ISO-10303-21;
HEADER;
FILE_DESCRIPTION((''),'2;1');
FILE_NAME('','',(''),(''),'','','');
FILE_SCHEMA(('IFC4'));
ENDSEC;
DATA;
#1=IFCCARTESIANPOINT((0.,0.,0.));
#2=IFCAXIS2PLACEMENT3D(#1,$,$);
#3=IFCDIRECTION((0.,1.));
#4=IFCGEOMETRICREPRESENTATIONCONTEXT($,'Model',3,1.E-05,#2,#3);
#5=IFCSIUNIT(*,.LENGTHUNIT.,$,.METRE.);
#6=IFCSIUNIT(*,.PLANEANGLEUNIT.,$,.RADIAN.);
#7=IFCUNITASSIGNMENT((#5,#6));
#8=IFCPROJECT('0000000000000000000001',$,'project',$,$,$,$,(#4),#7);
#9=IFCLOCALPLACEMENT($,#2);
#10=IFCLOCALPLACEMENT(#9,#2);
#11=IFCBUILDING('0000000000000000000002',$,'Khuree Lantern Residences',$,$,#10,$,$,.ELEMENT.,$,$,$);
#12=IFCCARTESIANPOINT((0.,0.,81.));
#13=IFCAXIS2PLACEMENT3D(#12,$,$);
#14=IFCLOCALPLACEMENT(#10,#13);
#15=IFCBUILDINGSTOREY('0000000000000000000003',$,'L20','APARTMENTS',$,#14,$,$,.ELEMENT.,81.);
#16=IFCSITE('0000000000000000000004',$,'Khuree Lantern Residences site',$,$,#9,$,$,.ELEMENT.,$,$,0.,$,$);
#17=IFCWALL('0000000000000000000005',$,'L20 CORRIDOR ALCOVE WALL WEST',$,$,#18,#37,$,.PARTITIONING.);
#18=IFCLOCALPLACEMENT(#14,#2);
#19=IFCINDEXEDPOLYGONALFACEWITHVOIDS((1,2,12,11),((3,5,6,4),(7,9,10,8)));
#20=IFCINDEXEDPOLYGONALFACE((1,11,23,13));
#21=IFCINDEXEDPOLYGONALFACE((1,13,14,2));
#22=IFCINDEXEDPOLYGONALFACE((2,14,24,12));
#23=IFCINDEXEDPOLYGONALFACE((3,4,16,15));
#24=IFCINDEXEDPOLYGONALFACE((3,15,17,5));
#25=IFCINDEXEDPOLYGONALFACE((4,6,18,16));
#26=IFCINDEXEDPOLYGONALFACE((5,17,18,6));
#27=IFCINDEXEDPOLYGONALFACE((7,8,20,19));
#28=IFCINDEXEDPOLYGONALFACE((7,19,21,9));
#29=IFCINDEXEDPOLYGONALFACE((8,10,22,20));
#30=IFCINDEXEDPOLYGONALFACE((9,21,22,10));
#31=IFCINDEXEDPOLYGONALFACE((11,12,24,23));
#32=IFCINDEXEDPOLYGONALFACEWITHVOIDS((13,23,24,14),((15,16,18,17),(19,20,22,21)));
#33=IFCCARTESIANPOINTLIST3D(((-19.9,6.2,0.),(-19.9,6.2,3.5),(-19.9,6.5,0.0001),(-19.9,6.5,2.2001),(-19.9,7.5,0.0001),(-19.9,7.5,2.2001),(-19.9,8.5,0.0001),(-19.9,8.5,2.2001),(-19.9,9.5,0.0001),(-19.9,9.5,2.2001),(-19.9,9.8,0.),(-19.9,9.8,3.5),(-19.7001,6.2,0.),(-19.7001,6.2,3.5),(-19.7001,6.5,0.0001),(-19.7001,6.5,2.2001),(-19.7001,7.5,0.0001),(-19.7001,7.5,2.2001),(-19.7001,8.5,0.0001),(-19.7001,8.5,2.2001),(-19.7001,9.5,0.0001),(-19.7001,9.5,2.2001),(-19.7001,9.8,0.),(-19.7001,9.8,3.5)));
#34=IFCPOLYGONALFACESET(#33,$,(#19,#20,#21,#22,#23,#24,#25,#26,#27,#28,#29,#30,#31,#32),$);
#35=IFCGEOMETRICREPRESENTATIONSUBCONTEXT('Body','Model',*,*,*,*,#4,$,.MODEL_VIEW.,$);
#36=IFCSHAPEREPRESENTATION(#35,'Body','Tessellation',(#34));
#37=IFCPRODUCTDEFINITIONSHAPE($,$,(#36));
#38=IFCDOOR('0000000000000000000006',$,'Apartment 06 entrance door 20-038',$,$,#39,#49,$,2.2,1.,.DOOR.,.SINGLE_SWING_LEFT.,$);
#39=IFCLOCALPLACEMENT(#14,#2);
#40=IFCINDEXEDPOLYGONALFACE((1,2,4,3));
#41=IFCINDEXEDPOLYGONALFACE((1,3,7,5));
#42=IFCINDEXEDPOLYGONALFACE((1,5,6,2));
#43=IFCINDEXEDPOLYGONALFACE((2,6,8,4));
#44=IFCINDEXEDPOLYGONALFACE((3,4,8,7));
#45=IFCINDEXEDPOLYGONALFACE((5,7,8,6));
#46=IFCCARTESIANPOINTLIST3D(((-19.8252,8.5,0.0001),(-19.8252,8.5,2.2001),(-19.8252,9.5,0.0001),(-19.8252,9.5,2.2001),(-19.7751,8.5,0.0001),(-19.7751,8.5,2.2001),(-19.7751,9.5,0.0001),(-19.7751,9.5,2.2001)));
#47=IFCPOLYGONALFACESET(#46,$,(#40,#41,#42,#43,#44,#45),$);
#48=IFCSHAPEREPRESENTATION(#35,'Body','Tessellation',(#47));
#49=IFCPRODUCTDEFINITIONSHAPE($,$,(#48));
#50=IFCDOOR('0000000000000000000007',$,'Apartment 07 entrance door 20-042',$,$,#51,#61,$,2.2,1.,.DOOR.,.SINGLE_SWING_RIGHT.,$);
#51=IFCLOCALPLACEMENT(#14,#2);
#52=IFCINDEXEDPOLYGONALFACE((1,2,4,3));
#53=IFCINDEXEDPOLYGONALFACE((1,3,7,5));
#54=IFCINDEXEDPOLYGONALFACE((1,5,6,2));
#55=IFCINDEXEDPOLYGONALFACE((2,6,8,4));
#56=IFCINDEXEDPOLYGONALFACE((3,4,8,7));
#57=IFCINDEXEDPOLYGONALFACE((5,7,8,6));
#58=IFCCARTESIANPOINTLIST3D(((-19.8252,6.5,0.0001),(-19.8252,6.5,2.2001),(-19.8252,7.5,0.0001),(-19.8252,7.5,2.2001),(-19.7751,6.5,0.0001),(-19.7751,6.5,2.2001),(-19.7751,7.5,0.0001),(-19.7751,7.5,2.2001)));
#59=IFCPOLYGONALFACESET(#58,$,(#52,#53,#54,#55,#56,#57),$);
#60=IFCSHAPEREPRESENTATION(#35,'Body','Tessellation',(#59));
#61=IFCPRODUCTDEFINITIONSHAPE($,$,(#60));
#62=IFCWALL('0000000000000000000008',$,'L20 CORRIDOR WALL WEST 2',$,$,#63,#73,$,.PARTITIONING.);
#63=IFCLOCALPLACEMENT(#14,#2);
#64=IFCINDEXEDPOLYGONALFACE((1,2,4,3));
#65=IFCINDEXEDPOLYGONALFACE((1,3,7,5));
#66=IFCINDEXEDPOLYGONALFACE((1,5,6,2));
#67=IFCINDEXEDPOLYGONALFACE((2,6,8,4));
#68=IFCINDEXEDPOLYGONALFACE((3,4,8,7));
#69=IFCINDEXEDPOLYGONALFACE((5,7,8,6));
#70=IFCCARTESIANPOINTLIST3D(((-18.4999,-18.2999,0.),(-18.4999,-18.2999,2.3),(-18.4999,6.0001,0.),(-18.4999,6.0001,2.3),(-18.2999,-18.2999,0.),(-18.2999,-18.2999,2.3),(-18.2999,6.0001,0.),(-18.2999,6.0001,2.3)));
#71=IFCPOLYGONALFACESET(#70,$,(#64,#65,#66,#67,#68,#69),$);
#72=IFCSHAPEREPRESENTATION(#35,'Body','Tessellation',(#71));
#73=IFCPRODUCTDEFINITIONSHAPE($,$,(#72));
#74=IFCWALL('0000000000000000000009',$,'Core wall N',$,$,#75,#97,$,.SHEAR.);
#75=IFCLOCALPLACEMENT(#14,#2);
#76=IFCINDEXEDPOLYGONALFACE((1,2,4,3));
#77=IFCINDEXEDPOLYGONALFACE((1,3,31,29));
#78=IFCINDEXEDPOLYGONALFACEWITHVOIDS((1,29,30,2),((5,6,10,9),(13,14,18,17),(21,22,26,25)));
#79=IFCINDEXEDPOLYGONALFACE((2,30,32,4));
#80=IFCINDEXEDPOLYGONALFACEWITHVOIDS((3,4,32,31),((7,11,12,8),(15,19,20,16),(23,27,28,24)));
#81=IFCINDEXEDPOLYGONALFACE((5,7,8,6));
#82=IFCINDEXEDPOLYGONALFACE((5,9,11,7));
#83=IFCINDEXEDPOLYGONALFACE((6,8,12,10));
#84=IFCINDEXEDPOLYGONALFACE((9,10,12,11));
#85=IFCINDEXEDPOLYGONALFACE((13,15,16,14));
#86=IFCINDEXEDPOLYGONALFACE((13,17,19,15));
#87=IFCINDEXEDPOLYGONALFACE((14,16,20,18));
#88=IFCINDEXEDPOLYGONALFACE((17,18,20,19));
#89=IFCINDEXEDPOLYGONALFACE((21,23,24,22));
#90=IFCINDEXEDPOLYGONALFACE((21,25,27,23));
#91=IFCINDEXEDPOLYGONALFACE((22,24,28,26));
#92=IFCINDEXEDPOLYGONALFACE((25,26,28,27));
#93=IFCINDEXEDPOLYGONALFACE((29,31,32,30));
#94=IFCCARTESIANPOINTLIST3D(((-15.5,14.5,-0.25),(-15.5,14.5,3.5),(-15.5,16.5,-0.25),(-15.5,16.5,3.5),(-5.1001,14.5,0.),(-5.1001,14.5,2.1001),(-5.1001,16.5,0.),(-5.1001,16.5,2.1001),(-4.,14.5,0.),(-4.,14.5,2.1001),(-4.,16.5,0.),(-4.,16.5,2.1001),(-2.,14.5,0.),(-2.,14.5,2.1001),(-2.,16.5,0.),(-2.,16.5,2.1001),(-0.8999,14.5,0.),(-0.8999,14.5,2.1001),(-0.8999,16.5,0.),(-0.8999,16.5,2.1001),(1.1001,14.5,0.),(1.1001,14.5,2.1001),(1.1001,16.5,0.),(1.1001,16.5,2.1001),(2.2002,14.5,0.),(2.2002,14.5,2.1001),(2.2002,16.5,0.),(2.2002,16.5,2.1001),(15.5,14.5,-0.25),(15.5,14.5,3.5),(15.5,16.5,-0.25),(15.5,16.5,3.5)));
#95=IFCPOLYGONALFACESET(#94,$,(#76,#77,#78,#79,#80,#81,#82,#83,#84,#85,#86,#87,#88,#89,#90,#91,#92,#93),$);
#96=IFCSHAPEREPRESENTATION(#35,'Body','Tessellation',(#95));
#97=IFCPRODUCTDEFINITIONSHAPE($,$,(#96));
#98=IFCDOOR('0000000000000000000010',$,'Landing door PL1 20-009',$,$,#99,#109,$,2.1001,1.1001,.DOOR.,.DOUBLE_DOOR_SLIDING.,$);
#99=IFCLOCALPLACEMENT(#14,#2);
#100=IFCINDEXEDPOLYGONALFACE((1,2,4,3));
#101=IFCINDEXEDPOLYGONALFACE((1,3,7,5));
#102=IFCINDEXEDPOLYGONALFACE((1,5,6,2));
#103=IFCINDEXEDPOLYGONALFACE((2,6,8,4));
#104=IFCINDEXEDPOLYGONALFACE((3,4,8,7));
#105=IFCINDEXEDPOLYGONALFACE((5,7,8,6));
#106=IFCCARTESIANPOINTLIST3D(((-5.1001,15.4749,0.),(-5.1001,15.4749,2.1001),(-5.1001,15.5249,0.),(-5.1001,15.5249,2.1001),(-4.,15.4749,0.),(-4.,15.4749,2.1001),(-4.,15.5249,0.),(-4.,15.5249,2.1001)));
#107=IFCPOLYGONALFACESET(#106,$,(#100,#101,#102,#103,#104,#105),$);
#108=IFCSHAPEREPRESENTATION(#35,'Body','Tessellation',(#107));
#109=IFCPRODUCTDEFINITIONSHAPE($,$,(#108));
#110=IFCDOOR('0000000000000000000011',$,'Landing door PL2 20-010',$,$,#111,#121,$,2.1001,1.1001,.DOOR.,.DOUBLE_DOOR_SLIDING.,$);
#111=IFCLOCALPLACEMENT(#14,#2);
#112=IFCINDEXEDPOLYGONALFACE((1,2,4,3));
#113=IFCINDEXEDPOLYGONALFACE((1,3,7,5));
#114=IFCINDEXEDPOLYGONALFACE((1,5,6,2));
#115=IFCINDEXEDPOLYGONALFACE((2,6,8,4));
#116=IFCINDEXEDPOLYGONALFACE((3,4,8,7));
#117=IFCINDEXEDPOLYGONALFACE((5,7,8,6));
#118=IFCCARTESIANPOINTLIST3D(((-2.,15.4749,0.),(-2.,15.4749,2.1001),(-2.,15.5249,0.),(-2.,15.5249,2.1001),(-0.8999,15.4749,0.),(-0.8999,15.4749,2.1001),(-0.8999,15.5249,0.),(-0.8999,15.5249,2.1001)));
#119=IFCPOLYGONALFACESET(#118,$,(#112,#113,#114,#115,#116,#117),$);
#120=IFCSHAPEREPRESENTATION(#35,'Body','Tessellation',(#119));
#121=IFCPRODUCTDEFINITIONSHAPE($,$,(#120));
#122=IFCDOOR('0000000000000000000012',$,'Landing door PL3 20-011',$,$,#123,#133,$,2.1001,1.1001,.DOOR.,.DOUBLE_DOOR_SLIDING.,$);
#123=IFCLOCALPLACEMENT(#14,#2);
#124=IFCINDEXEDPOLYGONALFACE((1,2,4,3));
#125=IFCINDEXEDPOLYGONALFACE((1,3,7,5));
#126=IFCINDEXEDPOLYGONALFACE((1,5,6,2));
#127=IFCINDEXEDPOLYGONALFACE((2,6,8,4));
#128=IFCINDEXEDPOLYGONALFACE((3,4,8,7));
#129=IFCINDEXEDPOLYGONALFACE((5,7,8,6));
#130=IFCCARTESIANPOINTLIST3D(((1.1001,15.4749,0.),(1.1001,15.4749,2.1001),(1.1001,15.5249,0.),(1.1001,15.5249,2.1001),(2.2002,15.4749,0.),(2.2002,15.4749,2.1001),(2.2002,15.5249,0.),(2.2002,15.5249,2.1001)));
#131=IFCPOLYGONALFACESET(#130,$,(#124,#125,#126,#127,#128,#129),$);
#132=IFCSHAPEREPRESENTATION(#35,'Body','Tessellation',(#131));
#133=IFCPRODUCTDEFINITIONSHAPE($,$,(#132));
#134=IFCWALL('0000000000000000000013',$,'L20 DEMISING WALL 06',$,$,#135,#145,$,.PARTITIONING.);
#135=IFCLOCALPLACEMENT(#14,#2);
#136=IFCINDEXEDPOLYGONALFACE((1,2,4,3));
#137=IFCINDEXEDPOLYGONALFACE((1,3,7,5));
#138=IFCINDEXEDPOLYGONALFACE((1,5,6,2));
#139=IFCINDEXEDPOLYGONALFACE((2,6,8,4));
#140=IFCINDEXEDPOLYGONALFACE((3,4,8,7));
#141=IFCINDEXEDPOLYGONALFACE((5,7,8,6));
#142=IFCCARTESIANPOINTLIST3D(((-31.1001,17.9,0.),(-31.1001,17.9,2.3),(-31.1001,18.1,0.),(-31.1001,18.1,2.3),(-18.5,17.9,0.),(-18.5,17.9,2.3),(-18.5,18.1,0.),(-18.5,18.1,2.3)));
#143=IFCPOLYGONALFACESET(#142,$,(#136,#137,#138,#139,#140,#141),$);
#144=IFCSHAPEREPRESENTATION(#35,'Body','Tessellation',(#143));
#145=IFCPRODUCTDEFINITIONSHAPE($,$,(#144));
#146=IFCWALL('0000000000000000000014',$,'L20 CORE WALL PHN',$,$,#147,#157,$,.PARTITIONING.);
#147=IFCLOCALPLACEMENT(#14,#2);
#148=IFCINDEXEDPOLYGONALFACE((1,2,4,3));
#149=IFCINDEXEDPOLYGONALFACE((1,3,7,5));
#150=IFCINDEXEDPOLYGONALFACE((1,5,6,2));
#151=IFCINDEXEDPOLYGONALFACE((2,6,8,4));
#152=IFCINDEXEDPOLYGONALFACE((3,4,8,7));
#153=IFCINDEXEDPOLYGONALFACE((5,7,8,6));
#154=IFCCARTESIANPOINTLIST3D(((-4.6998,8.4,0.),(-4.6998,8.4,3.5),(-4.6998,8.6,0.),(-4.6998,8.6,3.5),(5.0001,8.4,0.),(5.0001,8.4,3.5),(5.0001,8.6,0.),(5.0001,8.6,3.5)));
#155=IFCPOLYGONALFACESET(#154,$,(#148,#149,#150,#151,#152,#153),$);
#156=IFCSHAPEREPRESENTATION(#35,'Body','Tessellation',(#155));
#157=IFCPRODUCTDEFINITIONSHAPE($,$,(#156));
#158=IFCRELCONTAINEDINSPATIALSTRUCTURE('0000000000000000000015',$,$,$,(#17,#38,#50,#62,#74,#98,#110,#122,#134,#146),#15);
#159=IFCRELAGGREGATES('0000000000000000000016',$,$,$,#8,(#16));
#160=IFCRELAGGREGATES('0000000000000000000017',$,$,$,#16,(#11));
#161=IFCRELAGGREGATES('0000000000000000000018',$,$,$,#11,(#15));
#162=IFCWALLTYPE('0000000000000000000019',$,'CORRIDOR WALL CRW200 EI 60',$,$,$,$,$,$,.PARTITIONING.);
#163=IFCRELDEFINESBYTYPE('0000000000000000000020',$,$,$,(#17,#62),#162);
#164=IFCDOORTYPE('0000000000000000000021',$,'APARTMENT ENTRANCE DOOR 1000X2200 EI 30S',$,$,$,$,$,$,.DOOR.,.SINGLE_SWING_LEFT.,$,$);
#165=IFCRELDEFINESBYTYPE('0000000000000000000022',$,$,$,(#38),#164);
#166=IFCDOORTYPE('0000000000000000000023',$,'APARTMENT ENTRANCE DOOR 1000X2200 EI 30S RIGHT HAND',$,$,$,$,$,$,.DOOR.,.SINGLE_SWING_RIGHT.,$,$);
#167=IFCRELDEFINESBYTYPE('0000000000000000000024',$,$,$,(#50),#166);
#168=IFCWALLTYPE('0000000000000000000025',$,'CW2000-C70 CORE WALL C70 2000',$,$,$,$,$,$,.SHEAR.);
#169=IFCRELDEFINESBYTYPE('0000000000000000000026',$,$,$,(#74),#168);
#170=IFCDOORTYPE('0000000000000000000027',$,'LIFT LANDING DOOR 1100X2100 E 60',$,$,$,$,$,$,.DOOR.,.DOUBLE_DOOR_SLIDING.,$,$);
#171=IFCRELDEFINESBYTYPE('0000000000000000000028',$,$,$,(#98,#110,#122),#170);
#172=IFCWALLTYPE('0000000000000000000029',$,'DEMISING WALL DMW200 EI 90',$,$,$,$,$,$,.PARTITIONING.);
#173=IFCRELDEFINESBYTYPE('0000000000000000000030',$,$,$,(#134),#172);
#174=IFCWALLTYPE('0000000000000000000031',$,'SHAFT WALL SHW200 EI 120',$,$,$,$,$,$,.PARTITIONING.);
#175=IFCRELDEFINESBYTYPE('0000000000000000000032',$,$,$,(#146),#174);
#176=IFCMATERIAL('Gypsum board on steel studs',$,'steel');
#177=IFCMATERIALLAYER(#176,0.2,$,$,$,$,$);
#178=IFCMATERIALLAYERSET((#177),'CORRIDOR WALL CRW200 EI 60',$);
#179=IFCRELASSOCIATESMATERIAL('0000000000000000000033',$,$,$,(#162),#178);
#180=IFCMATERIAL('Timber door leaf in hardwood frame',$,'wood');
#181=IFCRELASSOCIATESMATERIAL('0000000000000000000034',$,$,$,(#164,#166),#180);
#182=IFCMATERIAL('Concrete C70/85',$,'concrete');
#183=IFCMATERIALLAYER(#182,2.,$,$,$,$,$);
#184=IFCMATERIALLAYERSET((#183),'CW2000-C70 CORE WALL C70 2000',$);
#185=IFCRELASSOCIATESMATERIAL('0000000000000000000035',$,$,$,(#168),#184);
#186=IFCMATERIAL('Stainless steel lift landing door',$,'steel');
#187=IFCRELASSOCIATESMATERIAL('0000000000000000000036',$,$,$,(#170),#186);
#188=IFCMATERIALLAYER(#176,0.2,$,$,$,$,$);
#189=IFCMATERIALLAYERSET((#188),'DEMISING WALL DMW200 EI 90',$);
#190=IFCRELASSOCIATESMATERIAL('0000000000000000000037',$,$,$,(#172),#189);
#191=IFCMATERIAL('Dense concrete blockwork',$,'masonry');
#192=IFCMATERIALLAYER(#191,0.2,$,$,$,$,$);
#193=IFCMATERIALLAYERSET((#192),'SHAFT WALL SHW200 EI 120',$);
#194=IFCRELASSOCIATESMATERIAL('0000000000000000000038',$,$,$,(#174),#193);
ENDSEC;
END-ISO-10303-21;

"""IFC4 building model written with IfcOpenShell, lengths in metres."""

from ifc_helpers import new_model, si_unit, direction, frame, frame_2d, origin, place, context, subcontext, project, spatial, rectangle, extrude, material, layer, layer_set, type_object, element, fill, save


model = new_model("IFC4")

# Units and contexts
model_context = context("Model", 3, precision=1e-05, world=origin(), true_north=direction((0.0, 1.0)))
body_context = subcontext(model_context, "Body", "Model", "MODEL_VIEW")
ifc_project = project(units=[si_unit("LENGTHUNIT", "METRE"), si_unit("PLANEANGLEUNIT", "RADIAN")], contexts=[model_context])

# Site, building, storey
site_placement = place(None, origin())
site = spatial("IfcSite", under=ifc_project, at=site_placement, Name="Khuree Lantern Residences site", CompositionType="ELEMENT", RefElevation=0.0)
building_placement = place(site_placement, origin())
building = spatial("IfcBuilding", under=site, at=building_placement, Name="Khuree Lantern Residences", CompositionType="ELEMENT")
storey_placement = place(building_placement, frame((0.0, 0.0, 81.0)))
storey = spatial("IfcBuildingStorey", under=building, at=storey_placement, Name="L20", Description="APARTMENTS", CompositionType="ELEMENT", Elevation=81.0)

# Shared definitions
ifc_material_1 = material(Name="Concrete C70/85", Category="concrete")

# Shared definitions
ifc_material_2 = material(Name="Dense concrete blockwork", Category="masonry")

# Shared definitions
ifc_material_3 = material(Name="Timber door leaf in hardwood frame", Category="wood")

# Shared definitions
ifc_material_4 = material(Name="Gypsum board on steel studs", Category="steel")
ifc_layer_1 = layer(ifc_material_4, 0.2)
ifc_layer_set_1 = layer_set([ifc_layer_1], Name="CORRIDOR WALL CRW200 EI 60")
wall_type_1 = type_object("IfcWallType", Name="CORRIDOR WALL CRW200 EI 60", PredefinedType="PARTITIONING", material=ifc_layer_set_1)

# Wall, openings, doors
wall_1_placement = place(storey_placement, frame((-19.8, 9.8, 0.0), z_axis=(0.0, 0.0, 1.0), x_axis=(0.0, -1.0, 0.0)))
wall_1 = element("IfcWall", 1, at=wall_1_placement, inside=storey, type_object=wall_type_1, Name="L20 CORRIDOR ALCOVE WALL WEST", PredefinedType="PARTITIONING", context=body_context, shape_type="SweptSolid", body=[
    extrude(rectangle(XDim=3.6001, YDim=0.2, at=frame_2d((1.8, 0.0))), origin(), (0.0, 0.0, 1.0), 3.5),
])
opening_1_placement = place(wall_1_placement, frame((0.3, 0.0, 0.0)))
opening_1 = element("IfcOpeningElement", 2, at=opening_1_placement, cuts=wall_1, PredefinedType="OPENING", context=body_context, shape_type="SweptSolid", body=[
    extrude(rectangle(XDim=1.0, YDim=2.2, at=frame_2d((0.5, 1.1001))), frame((0.0, 0.1099, 0.0), z_axis=(0.0, -1.0, 0.0), x_axis=(1.0, 0.0, 0.0)), (0.0, 0.0, 1.0), 0.22),
])
opening_2_placement = place(wall_1_placement, frame((2.3, 0.0, 0.0)))
opening_2 = element("IfcOpeningElement", 3, at=opening_2_placement, cuts=wall_1, PredefinedType="OPENING", context=body_context, shape_type="SweptSolid", body=[
    extrude(rectangle(XDim=1.0, YDim=2.2, at=frame_2d((0.5, 1.1001))), frame((0.0, 0.1099, 0.0), z_axis=(0.0, -1.0, 0.0), x_axis=(1.0, 0.0, 0.0)), (0.0, 0.0, 1.0), 0.22),
])
door_type_1 = type_object("IfcDoorType", Name="APARTMENT ENTRANCE DOOR 1000X2200 EI 30S", OperationType="SINGLE_SWING_LEFT", PredefinedType="DOOR", material=ifc_material_3)
door_1_placement = place(opening_1_placement, origin())
door_1 = element("IfcDoor", 4, at=door_1_placement, inside=storey, type_object=door_type_1, Name="Apartment 06 entrance door 20-038", OperationType="SINGLE_SWING_LEFT", OverallHeight=2.2, OverallWidth=1.0, PredefinedType="DOOR", context=body_context, shape_type="SweptSolid", body=[
    extrude(rectangle(XDim=1.0, YDim=2.2, at=frame_2d((0.5, 1.1001))), frame((0.0, 0.0249, 0.0), z_axis=(0.0, -1.0, 0.0), x_axis=(1.0, 0.0, 0.0)), (0.0, 0.0, 1.0), 0.05),
])
fill(opening_1, door_1)
door_type_2 = type_object("IfcDoorType", Name="APARTMENT ENTRANCE DOOR 1000X2200 EI 30S RIGHT HAND", OperationType="SINGLE_SWING_RIGHT", PredefinedType="DOOR", material=ifc_material_3)
door_2_placement = place(opening_2_placement, origin())
door_2 = element("IfcDoor", 5, at=door_2_placement, inside=storey, type_object=door_type_2, Name="Apartment 07 entrance door 20-042", OperationType="SINGLE_SWING_RIGHT", OverallHeight=2.2, OverallWidth=1.0, PredefinedType="DOOR", context=body_context, shape_type="SweptSolid", body=[
    extrude(rectangle(XDim=1.0, YDim=2.2, at=frame_2d((0.5, 1.1001))), frame((0.0, 0.0249, 0.0), z_axis=(0.0, -1.0, 0.0), x_axis=(1.0, 0.0, 0.0)), (0.0, 0.0, 1.0), 0.05),
])
fill(opening_2, door_2)

# Wall
wall_2_placement = place(storey_placement, frame((-18.3999, 6.0, 0.0), z_axis=(0.0, 0.0, 1.0), x_axis=(0.0, -1.0, 0.0)))
element("IfcWall", 6, at=wall_2_placement, inside=storey, type_object=wall_type_1, Name="L20 CORRIDOR WALL WEST 2", PredefinedType="PARTITIONING", context=body_context, shape_type="SweptSolid", body=[
    extrude(rectangle(XDim=24.3, YDim=0.2, at=frame_2d((12.1499, 0.0))), origin(), (0.0, 0.0, 1.0), 2.3),
])

# Wall, openings, doors
ifc_layer_2 = layer(ifc_material_1, 2.0)
ifc_layer_set_2 = layer_set([ifc_layer_2], Name="CW2000-C70 CORE WALL C70 2000")
wall_type_2 = type_object("IfcWallType", Name="CW2000-C70 CORE WALL C70 2000", PredefinedType="SHEAR", material=ifc_layer_set_2)
wall_3_placement = place(storey_placement, frame((-15.5, 15.5, -0.25), z_axis=(0.0, 0.0, 1.0), x_axis=(1.0, 0.0, 0.0)))
wall_3 = element("IfcWall", 7, at=wall_3_placement, inside=storey, type_object=wall_type_2, Name="Core wall N", PredefinedType="SHEAR", context=body_context, shape_type="SweptSolid", body=[
    extrude(rectangle(XDim=31.0, YDim=2.0, at=frame_2d((15.5, 0.0))), origin(), (0.0, 0.0, 1.0), 3.75),
])
opening_3_placement = place(wall_3_placement, frame((10.3999, 0.0, 0.25)))
opening_3 = element("IfcOpeningElement", 8, at=opening_3_placement, cuts=wall_3, PredefinedType="OPENING", context=body_context, shape_type="SweptSolid", body=[
    extrude(rectangle(XDim=1.1001, YDim=2.1001, at=frame_2d((0.55, 1.05))), frame((0.0, 1.01, 0.0), z_axis=(0.0, -1.0, 0.0), x_axis=(1.0, 0.0, 0.0)), (0.0, 0.0, 1.0), 2.02),
])
opening_4_placement = place(wall_3_placement, frame((13.5, 0.0, 0.25)))
opening_4 = element("IfcOpeningElement", 9, at=opening_4_placement, cuts=wall_3, PredefinedType="OPENING", context=body_context, shape_type="SweptSolid", body=[
    extrude(rectangle(XDim=1.1001, YDim=2.1001, at=frame_2d((0.55, 1.05))), frame((0.0, 1.01, 0.0), z_axis=(0.0, -1.0, 0.0), x_axis=(1.0, 0.0, 0.0)), (0.0, 0.0, 1.0), 2.02),
])
opening_5_placement = place(wall_3_placement, frame((16.6001, 0.0, 0.25)))
opening_5 = element("IfcOpeningElement", 10, at=opening_5_placement, cuts=wall_3, PredefinedType="OPENING", context=body_context, shape_type="SweptSolid", body=[
    extrude(rectangle(XDim=1.1001, YDim=2.1001, at=frame_2d((0.55, 1.05))), frame((0.0, 1.01, 0.0), z_axis=(0.0, -1.0, 0.0), x_axis=(1.0, 0.0, 0.0)), (0.0, 0.0, 1.0), 2.02),
])
ifc_material_5 = material(Name="Stainless steel lift landing door", Category="steel")
door_type_3 = type_object("IfcDoorType", Name="LIFT LANDING DOOR 1100X2100 E 60", OperationType="DOUBLE_DOOR_SLIDING", PredefinedType="DOOR", material=ifc_material_5)
door_3_placement = place(opening_3_placement, origin())
door_3 = element("IfcDoor", 11, at=door_3_placement, inside=storey, type_object=door_type_3, Name="Landing door PL1 20-009", OperationType="DOUBLE_DOOR_SLIDING", OverallHeight=2.1001, OverallWidth=1.1001, PredefinedType="DOOR", context=body_context, shape_type="SweptSolid", body=[
    extrude(rectangle(XDim=1.1001, YDim=2.1001, at=frame_2d((0.55, 1.05))), frame((0.0, 0.0249, 0.0), z_axis=(0.0, -1.0, 0.0), x_axis=(1.0, 0.0, 0.0)), (0.0, 0.0, 1.0), 0.05),
])
fill(opening_3, door_3)
door_4_placement = place(opening_4_placement, origin())
door_4 = element("IfcDoor", 12, at=door_4_placement, inside=storey, type_object=door_type_3, Name="Landing door PL2 20-010", OperationType="DOUBLE_DOOR_SLIDING", OverallHeight=2.1001, OverallWidth=1.1001, PredefinedType="DOOR", context=body_context, shape_type="SweptSolid", body=[
    extrude(rectangle(XDim=1.1001, YDim=2.1001, at=frame_2d((0.55, 1.05))), frame((0.0, 0.0249, 0.0), z_axis=(0.0, -1.0, 0.0), x_axis=(1.0, 0.0, 0.0)), (0.0, 0.0, 1.0), 0.05),
])
fill(opening_4, door_4)
door_5_placement = place(opening_5_placement, origin())
door_5 = element("IfcDoor", 13, at=door_5_placement, inside=storey, type_object=door_type_3, Name="Landing door PL3 20-011", OperationType="DOUBLE_DOOR_SLIDING", OverallHeight=2.1001, OverallWidth=1.1001, PredefinedType="DOOR", context=body_context, shape_type="SweptSolid", body=[
    extrude(rectangle(XDim=1.1001, YDim=2.1001, at=frame_2d((0.55, 1.05))), frame((0.0, 0.0249, 0.0), z_axis=(0.0, -1.0, 0.0), x_axis=(1.0, 0.0, 0.0)), (0.0, 0.0, 1.0), 0.05),
])
fill(opening_5, door_5)

# Walls
ifc_layer_3 = layer(ifc_material_4, 0.2)
ifc_layer_set_3 = layer_set([ifc_layer_3], Name="DEMISING WALL DMW200 EI 90")
wall_type_3 = type_object("IfcWallType", Name="DEMISING WALL DMW200 EI 90", PredefinedType="PARTITIONING", material=ifc_layer_set_3)
wall_4_placement = place(storey_placement, frame((-18.5, 18.0, 0.0), z_axis=(0.0, 0.0, 1.0), x_axis=(-1.0, 0.0, 0.0)))
element("IfcWall", 14, at=wall_4_placement, inside=storey, type_object=wall_type_3, Name="L20 DEMISING WALL 06", PredefinedType="PARTITIONING", context=body_context, shape_type="SweptSolid", body=[
    extrude(rectangle(XDim=12.6001, YDim=0.2, at=frame_2d((6.3, 0.0))), origin(), (0.0, 0.0, 1.0), 2.3),
])
ifc_layer_4 = layer(ifc_material_2, 0.2)
ifc_layer_set_4 = layer_set([ifc_layer_4], Name="SHAFT WALL SHW200 EI 120")
wall_type_4 = type_object("IfcWallType", Name="SHAFT WALL SHW200 EI 120", PredefinedType="PARTITIONING", material=ifc_layer_set_4)
wall_5_placement = place(storey_placement, frame((-4.7, 8.5, 0.0), z_axis=(0.0, 0.0, 1.0), x_axis=(1.0, 0.0, 0.0)))
element("IfcWall", 15, at=wall_5_placement, inside=storey, type_object=wall_type_4, Name="L20 CORE WALL PHN", PredefinedType="PARTITIONING", context=body_context, shape_type="SweptSolid", body=[
    extrude(rectangle(XDim=9.7, YDim=0.2, at=frame_2d((4.8501, 0.0))), origin(), (0.0, 0.0, 1.0), 3.5),
])

save(model, "model.ifc")
